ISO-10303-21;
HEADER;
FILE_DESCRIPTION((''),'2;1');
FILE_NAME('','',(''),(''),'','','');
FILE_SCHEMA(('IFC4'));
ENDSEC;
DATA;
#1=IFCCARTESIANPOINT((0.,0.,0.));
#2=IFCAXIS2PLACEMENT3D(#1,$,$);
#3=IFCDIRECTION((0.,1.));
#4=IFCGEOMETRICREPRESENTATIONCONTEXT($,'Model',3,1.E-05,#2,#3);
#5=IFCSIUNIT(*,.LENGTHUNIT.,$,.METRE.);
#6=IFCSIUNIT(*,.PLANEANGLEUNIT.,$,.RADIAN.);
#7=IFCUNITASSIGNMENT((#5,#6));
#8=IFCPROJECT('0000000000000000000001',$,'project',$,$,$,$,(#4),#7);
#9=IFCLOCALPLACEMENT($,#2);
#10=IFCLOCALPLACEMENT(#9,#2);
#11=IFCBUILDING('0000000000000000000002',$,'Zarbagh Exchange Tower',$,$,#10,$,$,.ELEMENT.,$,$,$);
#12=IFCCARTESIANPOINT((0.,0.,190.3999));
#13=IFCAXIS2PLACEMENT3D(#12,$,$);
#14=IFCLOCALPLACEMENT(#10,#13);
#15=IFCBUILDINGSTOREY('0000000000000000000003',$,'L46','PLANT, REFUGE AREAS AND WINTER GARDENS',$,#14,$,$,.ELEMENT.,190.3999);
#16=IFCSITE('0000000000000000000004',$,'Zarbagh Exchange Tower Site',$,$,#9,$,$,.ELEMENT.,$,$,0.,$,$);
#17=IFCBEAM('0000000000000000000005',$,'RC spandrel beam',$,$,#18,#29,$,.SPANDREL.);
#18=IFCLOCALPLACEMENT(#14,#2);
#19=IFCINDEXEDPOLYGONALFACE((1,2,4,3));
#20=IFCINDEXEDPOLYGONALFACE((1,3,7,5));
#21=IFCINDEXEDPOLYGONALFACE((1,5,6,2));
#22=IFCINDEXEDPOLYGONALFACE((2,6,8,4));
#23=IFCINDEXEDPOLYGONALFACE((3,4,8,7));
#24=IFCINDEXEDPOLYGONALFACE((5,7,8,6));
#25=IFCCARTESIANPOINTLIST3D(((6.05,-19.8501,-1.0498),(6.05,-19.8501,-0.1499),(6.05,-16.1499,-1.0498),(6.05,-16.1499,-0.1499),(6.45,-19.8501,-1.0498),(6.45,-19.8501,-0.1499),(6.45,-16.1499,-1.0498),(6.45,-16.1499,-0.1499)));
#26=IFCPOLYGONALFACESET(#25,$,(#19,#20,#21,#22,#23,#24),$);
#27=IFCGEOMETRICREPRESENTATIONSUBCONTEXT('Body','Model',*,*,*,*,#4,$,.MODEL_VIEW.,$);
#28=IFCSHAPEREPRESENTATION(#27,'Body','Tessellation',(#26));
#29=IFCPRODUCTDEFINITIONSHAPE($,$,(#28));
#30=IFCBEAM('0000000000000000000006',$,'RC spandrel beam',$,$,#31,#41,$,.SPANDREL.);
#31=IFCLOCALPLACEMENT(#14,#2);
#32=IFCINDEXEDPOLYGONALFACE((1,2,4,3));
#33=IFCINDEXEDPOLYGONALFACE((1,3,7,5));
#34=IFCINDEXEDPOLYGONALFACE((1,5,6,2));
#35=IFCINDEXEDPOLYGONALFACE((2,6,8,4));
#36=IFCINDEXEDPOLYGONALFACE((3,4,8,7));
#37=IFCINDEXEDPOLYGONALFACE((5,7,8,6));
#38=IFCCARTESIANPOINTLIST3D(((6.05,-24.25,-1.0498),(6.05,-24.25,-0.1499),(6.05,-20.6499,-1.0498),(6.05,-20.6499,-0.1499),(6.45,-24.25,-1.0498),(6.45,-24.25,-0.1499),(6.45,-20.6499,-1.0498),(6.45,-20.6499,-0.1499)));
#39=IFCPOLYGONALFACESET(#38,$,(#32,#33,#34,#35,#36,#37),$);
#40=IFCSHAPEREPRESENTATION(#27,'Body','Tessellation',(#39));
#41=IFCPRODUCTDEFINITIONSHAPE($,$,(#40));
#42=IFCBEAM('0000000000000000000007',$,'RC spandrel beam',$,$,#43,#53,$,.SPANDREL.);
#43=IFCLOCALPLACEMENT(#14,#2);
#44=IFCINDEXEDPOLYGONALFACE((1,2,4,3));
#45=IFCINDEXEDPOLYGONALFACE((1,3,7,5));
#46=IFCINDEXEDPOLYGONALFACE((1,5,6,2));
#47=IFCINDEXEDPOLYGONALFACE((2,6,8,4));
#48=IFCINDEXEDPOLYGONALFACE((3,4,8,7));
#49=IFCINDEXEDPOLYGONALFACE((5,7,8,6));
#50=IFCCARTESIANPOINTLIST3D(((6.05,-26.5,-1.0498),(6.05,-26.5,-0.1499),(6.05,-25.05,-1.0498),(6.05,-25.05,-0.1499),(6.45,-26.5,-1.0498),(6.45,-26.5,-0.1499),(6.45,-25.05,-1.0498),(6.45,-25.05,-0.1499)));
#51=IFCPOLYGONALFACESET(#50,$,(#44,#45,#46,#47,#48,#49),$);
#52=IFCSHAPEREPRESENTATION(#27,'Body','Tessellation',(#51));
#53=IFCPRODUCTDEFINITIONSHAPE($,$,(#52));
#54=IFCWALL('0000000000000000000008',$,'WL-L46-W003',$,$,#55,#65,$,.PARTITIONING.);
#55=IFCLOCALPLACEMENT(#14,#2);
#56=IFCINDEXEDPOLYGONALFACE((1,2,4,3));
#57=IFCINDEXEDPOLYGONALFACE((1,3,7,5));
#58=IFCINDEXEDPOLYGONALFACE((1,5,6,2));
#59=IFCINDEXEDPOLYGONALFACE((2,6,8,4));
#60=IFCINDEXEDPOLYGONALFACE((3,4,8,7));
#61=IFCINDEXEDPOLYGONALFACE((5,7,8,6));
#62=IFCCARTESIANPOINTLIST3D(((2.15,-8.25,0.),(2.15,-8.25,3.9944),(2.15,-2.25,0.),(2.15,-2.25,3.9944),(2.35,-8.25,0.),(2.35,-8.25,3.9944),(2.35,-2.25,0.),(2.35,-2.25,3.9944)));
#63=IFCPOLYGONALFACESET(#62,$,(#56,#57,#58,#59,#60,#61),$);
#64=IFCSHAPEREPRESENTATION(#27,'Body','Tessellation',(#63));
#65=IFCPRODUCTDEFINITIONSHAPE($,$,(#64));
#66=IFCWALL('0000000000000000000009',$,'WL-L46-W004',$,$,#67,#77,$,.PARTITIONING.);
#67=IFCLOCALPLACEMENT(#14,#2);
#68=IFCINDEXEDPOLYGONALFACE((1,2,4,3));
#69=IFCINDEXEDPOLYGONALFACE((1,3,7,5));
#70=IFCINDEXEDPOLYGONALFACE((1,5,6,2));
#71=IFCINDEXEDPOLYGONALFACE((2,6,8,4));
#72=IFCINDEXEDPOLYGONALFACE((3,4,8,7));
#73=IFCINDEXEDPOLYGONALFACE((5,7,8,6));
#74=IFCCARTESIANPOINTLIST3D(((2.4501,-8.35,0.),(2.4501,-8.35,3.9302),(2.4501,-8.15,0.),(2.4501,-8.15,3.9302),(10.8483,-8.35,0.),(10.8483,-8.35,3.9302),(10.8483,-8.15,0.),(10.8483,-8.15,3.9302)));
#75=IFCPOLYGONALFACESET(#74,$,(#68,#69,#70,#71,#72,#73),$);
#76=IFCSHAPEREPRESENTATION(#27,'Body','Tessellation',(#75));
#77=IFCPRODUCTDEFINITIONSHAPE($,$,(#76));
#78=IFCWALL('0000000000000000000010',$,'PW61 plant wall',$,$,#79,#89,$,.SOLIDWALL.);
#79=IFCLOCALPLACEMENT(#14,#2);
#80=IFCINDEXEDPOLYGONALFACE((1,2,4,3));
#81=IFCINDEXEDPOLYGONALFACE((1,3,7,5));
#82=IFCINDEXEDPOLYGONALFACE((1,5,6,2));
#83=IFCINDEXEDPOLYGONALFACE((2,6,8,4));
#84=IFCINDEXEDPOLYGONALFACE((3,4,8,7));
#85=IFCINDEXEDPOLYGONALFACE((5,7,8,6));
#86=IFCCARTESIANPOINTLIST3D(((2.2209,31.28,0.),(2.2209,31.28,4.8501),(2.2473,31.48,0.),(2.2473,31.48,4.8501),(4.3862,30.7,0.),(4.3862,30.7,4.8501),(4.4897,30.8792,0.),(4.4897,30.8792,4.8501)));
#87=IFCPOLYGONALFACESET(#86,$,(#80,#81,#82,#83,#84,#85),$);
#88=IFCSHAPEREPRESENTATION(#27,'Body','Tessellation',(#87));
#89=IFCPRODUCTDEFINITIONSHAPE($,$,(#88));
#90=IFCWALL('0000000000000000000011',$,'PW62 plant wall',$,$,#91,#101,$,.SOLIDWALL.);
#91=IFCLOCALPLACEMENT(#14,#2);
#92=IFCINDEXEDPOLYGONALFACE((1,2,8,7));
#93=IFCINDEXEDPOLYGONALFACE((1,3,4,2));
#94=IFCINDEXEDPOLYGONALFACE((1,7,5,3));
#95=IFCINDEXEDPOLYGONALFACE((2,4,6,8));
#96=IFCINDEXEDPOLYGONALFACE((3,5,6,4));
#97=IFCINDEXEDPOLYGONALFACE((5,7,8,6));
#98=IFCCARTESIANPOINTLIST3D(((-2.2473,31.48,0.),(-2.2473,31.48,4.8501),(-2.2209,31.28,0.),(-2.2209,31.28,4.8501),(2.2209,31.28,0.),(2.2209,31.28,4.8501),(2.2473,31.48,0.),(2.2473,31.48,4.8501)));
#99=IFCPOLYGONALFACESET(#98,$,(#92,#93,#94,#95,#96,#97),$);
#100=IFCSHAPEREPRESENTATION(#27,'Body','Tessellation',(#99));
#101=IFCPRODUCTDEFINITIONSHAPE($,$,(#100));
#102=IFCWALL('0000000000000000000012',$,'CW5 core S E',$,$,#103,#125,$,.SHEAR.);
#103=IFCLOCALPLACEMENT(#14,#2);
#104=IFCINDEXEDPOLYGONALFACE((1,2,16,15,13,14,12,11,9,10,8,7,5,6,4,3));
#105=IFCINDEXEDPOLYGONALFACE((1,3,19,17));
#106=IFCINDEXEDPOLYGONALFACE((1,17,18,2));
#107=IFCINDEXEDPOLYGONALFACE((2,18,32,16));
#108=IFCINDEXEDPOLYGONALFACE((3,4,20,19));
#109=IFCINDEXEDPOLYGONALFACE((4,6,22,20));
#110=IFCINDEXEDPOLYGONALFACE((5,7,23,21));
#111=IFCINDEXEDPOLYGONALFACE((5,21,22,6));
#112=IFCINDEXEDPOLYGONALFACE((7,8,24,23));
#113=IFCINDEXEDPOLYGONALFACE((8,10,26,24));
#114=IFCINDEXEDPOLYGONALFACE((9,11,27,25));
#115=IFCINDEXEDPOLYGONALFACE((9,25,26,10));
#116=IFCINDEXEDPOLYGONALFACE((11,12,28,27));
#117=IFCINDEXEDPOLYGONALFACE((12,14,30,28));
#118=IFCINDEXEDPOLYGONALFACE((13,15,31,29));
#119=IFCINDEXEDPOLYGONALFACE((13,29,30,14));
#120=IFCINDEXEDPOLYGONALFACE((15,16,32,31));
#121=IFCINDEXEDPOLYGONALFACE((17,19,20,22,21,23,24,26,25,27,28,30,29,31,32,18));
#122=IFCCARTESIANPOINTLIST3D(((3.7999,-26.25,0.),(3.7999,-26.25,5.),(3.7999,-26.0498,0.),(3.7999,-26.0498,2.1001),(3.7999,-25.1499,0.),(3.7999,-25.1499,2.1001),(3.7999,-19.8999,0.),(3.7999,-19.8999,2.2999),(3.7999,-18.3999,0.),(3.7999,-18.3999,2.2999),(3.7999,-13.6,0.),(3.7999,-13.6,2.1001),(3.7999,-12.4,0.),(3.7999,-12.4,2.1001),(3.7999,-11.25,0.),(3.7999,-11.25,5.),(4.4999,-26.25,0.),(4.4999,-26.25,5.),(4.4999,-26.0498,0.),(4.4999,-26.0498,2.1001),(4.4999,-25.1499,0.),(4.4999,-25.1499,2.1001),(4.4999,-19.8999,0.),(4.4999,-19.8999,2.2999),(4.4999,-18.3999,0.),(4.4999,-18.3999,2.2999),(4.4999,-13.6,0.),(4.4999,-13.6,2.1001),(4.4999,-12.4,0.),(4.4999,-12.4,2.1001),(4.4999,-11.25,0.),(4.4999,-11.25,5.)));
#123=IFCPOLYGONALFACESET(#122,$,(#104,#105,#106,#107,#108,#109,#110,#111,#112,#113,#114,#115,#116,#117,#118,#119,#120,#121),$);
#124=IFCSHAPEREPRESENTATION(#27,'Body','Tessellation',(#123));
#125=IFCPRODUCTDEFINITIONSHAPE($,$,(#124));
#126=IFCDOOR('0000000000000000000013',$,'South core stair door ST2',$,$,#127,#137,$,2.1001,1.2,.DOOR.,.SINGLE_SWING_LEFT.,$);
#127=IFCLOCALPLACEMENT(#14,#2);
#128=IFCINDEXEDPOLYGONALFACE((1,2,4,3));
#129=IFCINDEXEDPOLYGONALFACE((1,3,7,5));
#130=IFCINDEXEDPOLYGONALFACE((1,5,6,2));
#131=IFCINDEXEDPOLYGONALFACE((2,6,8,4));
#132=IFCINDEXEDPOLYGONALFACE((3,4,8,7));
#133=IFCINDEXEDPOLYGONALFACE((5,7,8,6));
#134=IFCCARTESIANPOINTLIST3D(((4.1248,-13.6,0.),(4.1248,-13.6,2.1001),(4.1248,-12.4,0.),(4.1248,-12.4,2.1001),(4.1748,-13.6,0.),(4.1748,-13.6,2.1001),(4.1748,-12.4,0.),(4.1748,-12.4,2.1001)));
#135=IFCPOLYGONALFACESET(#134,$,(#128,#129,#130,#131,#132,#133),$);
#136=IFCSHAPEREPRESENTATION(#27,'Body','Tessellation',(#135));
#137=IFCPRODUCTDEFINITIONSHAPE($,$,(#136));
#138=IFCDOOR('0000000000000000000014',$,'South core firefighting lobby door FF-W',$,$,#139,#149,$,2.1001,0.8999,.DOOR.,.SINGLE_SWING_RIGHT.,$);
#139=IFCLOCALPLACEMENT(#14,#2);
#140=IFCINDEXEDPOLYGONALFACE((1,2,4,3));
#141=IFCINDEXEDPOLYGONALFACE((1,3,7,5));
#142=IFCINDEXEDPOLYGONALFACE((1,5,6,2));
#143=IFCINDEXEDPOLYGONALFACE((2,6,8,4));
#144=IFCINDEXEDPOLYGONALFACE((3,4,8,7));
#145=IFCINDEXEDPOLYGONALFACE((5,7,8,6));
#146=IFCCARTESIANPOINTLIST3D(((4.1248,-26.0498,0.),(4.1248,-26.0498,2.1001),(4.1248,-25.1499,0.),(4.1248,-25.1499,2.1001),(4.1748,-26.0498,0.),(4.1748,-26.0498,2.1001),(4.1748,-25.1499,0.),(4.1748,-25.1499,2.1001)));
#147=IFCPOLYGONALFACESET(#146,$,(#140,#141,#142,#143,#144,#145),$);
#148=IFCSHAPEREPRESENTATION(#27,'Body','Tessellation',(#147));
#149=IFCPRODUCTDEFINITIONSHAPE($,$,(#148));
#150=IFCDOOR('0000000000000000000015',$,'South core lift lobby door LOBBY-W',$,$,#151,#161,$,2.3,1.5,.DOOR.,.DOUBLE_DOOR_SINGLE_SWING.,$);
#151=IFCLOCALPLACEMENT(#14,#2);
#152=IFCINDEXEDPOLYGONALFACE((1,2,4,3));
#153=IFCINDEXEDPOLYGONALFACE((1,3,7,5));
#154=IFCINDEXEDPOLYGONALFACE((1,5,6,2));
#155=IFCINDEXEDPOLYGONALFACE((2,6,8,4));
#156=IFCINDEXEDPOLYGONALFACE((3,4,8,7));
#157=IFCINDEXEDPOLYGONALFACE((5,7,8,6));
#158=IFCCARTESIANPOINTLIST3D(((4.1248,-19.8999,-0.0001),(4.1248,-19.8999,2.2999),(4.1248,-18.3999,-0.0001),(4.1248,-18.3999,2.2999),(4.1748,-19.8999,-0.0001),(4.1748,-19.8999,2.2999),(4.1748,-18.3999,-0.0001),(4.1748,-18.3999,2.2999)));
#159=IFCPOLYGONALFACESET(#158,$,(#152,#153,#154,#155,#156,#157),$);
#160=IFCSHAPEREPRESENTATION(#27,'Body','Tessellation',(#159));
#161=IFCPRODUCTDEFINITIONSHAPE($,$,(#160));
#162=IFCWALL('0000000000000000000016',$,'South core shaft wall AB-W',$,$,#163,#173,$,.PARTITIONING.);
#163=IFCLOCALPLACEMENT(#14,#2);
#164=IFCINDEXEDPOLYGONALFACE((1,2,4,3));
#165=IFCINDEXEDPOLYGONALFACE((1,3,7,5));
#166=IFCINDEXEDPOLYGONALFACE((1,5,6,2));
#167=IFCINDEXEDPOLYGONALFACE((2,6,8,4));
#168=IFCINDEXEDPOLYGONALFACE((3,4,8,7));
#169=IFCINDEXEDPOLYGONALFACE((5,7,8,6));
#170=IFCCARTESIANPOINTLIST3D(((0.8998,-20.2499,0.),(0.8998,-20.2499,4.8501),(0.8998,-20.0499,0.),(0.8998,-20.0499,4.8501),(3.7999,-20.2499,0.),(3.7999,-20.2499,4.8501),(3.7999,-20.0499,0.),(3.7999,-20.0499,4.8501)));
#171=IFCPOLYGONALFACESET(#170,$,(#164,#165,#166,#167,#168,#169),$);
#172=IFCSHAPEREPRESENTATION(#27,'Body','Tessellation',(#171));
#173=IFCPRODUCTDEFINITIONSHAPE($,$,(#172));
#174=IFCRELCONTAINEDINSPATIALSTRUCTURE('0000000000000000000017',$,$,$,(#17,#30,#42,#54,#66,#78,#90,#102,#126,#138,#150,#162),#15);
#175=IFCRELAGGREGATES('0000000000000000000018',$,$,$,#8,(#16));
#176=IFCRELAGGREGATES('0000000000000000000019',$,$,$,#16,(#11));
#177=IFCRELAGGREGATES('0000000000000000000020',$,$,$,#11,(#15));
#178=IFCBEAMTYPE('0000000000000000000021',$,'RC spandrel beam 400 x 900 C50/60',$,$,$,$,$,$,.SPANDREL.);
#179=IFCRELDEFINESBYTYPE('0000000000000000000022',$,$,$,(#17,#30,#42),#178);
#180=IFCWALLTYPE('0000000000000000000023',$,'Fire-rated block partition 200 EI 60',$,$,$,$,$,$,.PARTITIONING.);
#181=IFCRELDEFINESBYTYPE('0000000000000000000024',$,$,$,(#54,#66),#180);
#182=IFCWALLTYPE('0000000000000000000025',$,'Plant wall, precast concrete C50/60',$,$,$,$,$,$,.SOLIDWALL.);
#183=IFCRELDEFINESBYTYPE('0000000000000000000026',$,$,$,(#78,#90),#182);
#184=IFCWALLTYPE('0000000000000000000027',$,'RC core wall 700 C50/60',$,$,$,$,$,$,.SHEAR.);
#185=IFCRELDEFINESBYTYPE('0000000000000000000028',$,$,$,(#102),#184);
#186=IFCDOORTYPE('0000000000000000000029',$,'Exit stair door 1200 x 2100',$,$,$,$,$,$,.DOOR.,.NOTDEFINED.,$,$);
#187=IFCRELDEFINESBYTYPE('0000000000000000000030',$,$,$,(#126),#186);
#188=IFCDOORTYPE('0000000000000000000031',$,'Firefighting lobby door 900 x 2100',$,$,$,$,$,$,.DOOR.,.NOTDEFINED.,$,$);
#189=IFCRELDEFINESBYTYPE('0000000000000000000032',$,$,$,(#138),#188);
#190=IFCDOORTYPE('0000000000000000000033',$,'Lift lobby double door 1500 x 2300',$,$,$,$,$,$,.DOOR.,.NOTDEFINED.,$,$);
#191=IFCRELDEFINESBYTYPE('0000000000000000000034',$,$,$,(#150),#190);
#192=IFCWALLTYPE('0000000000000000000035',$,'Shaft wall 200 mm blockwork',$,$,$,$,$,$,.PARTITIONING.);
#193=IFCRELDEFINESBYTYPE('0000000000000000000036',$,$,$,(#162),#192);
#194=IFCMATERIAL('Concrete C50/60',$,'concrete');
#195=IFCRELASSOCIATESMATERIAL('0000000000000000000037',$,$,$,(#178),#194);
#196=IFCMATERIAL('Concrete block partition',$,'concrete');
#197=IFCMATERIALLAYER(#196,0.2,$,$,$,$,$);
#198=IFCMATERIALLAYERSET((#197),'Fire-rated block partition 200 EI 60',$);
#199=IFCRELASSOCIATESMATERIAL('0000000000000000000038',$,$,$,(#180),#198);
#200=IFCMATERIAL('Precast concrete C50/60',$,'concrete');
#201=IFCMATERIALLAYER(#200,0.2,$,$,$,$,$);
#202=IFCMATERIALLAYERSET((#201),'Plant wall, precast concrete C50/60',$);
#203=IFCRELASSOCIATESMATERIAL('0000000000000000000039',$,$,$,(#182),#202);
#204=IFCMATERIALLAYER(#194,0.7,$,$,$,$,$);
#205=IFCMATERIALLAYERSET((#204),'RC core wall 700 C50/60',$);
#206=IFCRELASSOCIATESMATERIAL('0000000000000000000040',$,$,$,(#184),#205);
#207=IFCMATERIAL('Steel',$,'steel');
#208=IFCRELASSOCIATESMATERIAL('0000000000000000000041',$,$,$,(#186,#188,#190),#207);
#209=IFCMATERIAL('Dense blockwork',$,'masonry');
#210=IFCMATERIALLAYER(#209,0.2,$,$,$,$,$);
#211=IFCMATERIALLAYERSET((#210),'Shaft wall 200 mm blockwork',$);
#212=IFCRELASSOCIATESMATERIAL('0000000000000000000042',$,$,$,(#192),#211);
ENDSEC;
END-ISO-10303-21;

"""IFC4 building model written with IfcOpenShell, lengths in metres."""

from ifc_helpers import new_model, si_unit, direction, frame, frame_2d, origin, origin_2d, place, context, subcontext, project, spatial, polyline, rectangle, outline, extrude, material, layer, layer_set, material_profile, profile_set, type_object, element, fill, save


model = new_model("IFC4")

# Units and contexts
model_context = context("Model", 3, precision=1e-05, world=origin(), true_north=direction((0.0, 1.0)))
body_context = subcontext(model_context, "Body", "Model", "MODEL_VIEW")
ifc_project = project(units=[si_unit("LENGTHUNIT", "METRE"), si_unit("PLANEANGLEUNIT", "RADIAN")], contexts=[model_context])

# Site, building, storey
site_placement = place(None, origin())
site = spatial("IfcSite", under=ifc_project, at=site_placement, Name="Zarbagh Exchange Tower Site", CompositionType="ELEMENT", RefElevation=0.0)
building_placement = place(site_placement, origin())
building = spatial("IfcBuilding", under=site, at=building_placement, Name="Zarbagh Exchange Tower", CompositionType="ELEMENT")
storey_placement = place(building_placement, frame((0.0, 0.0, 190.3999)))
storey = spatial("IfcBuildingStorey", under=building, at=storey_placement, Name="L46", Description="PLANT, REFUGE AREAS AND WINTER GARDENS", CompositionType="ELEMENT", Elevation=190.3999)

# Shared definitions
ifc_material_1 = material(Name="Concrete C50/60", Category="concrete")

# Beams
ifc_material_profile_1 = material_profile(ifc_material_1, rectangle(XDim=0.3999, YDim=0.8999, at=origin_2d()), Name="RC spandrel beam 400 x 900 C50/60")
ifc_profile_set_1 = profile_set([ifc_material_profile_1], Name="Concrete C50/60")
beam_type_1 = type_object("IfcBeamType", Name="RC spandrel beam 400 x 900 C50/60", PredefinedType="SPANDREL", material=ifc_profile_set_1)
beam_1_placement = place(storey_placement, frame((6.25, -16.1499, -0.5999), z_axis=(0.0, -1.0, 0.0), x_axis=(1.0, 0.0, 0.0)))
element("IfcBeam", 1, at=beam_1_placement, inside=storey, type_object=beam_type_1, Name="RC spandrel beam", PredefinedType="SPANDREL", context=body_context, shape_type="SweptSolid", body=[
    extrude(rectangle(XDim=0.3999, YDim=0.8999, at=origin_2d()), origin(), (0.0, 0.0, 1.0), 3.7002),
])
beam_2_placement = place(storey_placement, frame((6.25, -20.6499, -0.5999), z_axis=(0.0, -1.0, 0.0), x_axis=(1.0, 0.0, 0.0)))
element("IfcBeam", 2, at=beam_2_placement, inside=storey, type_object=beam_type_1, Name="RC spandrel beam", PredefinedType="SPANDREL", context=body_context, shape_type="SweptSolid", body=[
    extrude(rectangle(XDim=0.3999, YDim=0.8999, at=origin_2d()), origin(), (0.0, 0.0, 1.0), 3.6001),
])
beam_3_placement = place(storey_placement, frame((6.25, -25.05, -0.5999), z_axis=(0.0, -1.0, 0.0), x_axis=(1.0, 0.0, 0.0)))
element("IfcBeam", 3, at=beam_3_placement, inside=storey, type_object=beam_type_1, Name="RC spandrel beam", PredefinedType="SPANDREL", context=body_context, shape_type="SweptSolid", body=[
    extrude(rectangle(XDim=0.3999, YDim=0.8999, at=origin_2d()), origin(), (0.0, 0.0, 1.0), 1.45),
])

# Walls
ifc_material_2 = material(Name="Concrete block partition", Category="concrete")
ifc_layer_1 = layer(ifc_material_2, 0.2)
ifc_layer_set_1 = layer_set([ifc_layer_1], Name="Fire-rated block partition 200 EI 60")
wall_type_1 = type_object("IfcWallType", Name="Fire-rated block partition 200 EI 60", PredefinedType="PARTITIONING", material=ifc_layer_set_1)
wall_1_placement = place(storey_placement, frame((2.25, -2.25, 0.0), z_axis=(0.0, 0.0, 1.0), x_axis=(0.0, -1.0, 0.0)))
element("IfcWall", 4, at=wall_1_placement, inside=storey, type_object=wall_type_1, Name="WL-L46-W003", PredefinedType="PARTITIONING", context=body_context, shape_type="SweptSolid", body=[
    extrude(rectangle(XDim=6.0, YDim=0.2, at=frame_2d((3.0, 0.0))), origin(), (0.0, 0.0, 1.0), 3.9944),
])
wall_2_placement = place(storey_placement, frame((2.45, -8.25, 0.0), z_axis=(0.0, 0.0, 1.0), x_axis=(1.0, 0.0, 0.0)))
element("IfcWall", 5, at=wall_2_placement, inside=storey, type_object=wall_type_1, Name="WL-L46-W004", PredefinedType="PARTITIONING", context=body_context, shape_type="SweptSolid", body=[
    extrude(rectangle(XDim=8.3982, YDim=0.2, at=frame_2d((4.1992, 0.0))), origin(), (0.0, 0.0, 1.0), 3.9302),
])
ifc_material_3 = material(Name="Precast concrete C50/60", Category="concrete")
ifc_layer_2 = layer(ifc_material_3, 0.2)
ifc_layer_set_2 = layer_set([ifc_layer_2], Name="Plant wall, precast concrete C50/60")
wall_type_2 = type_object("IfcWallType", Name="Plant wall, precast concrete C50/60", PredefinedType="SOLIDWALL", material=ifc_layer_set_2)
wall_3_placement = place(storey_placement, origin())
element("IfcWall", 6, at=wall_3_placement, inside=storey, type_object=wall_type_2, Name="PW61 plant wall", PredefinedType="SOLIDWALL", context=body_context, shape_type="SweptSolid", body=[
    extrude(outline(polyline([(4.4897, 30.8792), (2.2473, 31.48), (2.2209, 31.28), (4.3862, 30.7), (4.4897, 30.8792)])), origin(), (0.0, 0.0, 1.0), 4.8501),
])
wall_4_placement = place(storey_placement, origin())
element("IfcWall", 7, at=wall_4_placement, inside=storey, type_object=wall_type_2, Name="PW62 plant wall", PredefinedType="SOLIDWALL", context=body_context, shape_type="SweptSolid", body=[
    extrude(outline(polyline([(2.2473, 31.48), (-2.2473, 31.48), (-2.2209, 31.28), (2.2209, 31.28), (2.2473, 31.48)])), origin(), (0.0, 0.0, 1.0), 4.8501),
])

# Wall, openings, doors
ifc_layer_3 = layer(ifc_material_1, 0.7)
ifc_layer_set_3 = layer_set([ifc_layer_3], Name="RC core wall 700 C50/60")
wall_type_3 = type_object("IfcWallType", Name="RC core wall 700 C50/60", PredefinedType="SHEAR", material=ifc_layer_set_3)
wall_5_placement = place(storey_placement, frame((4.1499, -11.25, 0.0), z_axis=(0.0, 0.0, 1.0), x_axis=(0.0, -1.0, 0.0)))
wall_5 = element("IfcWall", 8, at=wall_5_placement, inside=storey, type_object=wall_type_3, Name="CW5 core S E", PredefinedType="SHEAR", context=body_context, shape_type="SweptSolid", body=[
    extrude(rectangle(XDim=15.0, YDim=0.7, at=frame_2d((7.5, 0.0))), origin(), (0.0, 0.0, 1.0), 5.0),
])
opening_1_placement = place(wall_5_placement, frame((7.1499, 0.0, 0.0)))
opening_1 = element("IfcOpeningElement", 9, at=opening_1_placement, cuts=wall_5, PredefinedType="OPENING", context=body_context, shape_type="SweptSolid", body=[
    extrude(rectangle(XDim=1.5, YDim=2.3, at=frame_2d((0.75, 1.1499))), frame((0.0, 0.3599, 0.0), z_axis=(0.0, -1.0, 0.0), x_axis=(1.0, 0.0, 0.0)), (0.0, 0.0, 1.0), 0.72),
])
opening_2_placement = place(wall_5_placement, frame((13.8999, 0.0, 0.0)))
opening_2 = element("IfcOpeningElement", 10, at=opening_2_placement, cuts=wall_5, PredefinedType="OPENING", context=body_context, shape_type="SweptSolid", body=[
    extrude(rectangle(XDim=0.8999, YDim=2.1001, at=frame_2d((0.45, 1.05))), frame((0.0, 0.3599, 0.0), z_axis=(0.0, -1.0, 0.0), x_axis=(1.0, 0.0, 0.0)), (0.0, 0.0, 1.0), 0.72),
])
opening_3_placement = place(wall_5_placement, frame((1.1499, 0.0, 0.0)))
opening_3 = element("IfcOpeningElement", 11, at=opening_3_placement, cuts=wall_5, PredefinedType="OPENING", context=body_context, shape_type="SweptSolid", body=[
    extrude(rectangle(XDim=1.2, YDim=2.1001, at=frame_2d((0.6001, 1.05))), frame((0.0, 0.3599, 0.0), z_axis=(0.0, -1.0, 0.0), x_axis=(1.0, 0.0, 0.0)), (0.0, 0.0, 1.0), 0.72),
])
ifc_material_4 = material(Name="Steel", Category="steel")
door_type_1 = type_object("IfcDoorType", Name="Exit stair door 1200 x 2100", OperationType="NOTDEFINED", PredefinedType="DOOR", material=ifc_material_4)
door_1_placement = place(opening_3_placement, origin())
door_1 = element("IfcDoor", 12, at=door_1_placement, inside=storey, type_object=door_type_1, Name="South core stair door ST2", OperationType="SINGLE_SWING_LEFT", OverallHeight=2.1001, OverallWidth=1.2, PredefinedType="DOOR", context=body_context, shape_type="SweptSolid", body=[
    extrude(rectangle(XDim=1.2, YDim=2.1001, at=frame_2d((0.6001, 1.05))), frame((0.0, 0.0249, 0.0), z_axis=(0.0, -1.0, 0.0), x_axis=(1.0, 0.0, 0.0)), (0.0, 0.0, 1.0), 0.05),
])
fill(opening_3, door_1)
door_type_2 = type_object("IfcDoorType", Name="Firefighting lobby door 900 x 2100", OperationType="NOTDEFINED", PredefinedType="DOOR", material=ifc_material_4)
door_2_placement = place(opening_2_placement, origin())
door_2 = element("IfcDoor", 13, at=door_2_placement, inside=storey, type_object=door_type_2, Name="South core firefighting lobby door FF-W", OperationType="SINGLE_SWING_RIGHT", OverallHeight=2.1001, OverallWidth=0.8999, PredefinedType="DOOR", context=body_context, shape_type="SweptSolid", body=[
    extrude(rectangle(XDim=0.8999, YDim=2.1001, at=frame_2d((0.45, 1.05))), frame((0.0, 0.0249, 0.0), z_axis=(0.0, -1.0, 0.0), x_axis=(1.0, 0.0, 0.0)), (0.0, 0.0, 1.0), 0.05),
])
fill(opening_2, door_2)
door_type_3 = type_object("IfcDoorType", Name="Lift lobby double door 1500 x 2300", OperationType="NOTDEFINED", PredefinedType="DOOR", material=ifc_material_4)
door_3_placement = place(opening_1_placement, origin())
door_3 = element("IfcDoor", 14, at=door_3_placement, inside=storey, type_object=door_type_3, Name="South core lift lobby door LOBBY-W", OperationType="DOUBLE_DOOR_SINGLE_SWING", OverallHeight=2.3, OverallWidth=1.5, PredefinedType="DOOR", context=body_context, shape_type="SweptSolid", body=[
    extrude(rectangle(XDim=1.5, YDim=2.3, at=frame_2d((0.75, 1.1499))), frame((0.0, 0.0249, 0.0), z_axis=(0.0, -1.0, 0.0), x_axis=(1.0, 0.0, 0.0)), (0.0, 0.0, 1.0), 0.05),
])
fill(opening_1, door_3)

# Wall
ifc_material_5 = material(Name="Dense blockwork", Category="masonry")
ifc_layer_4 = layer(ifc_material_5, 0.2)
ifc_layer_set_4 = layer_set([ifc_layer_4], Name="Shaft wall 200 mm blockwork")
wall_type_4 = type_object("IfcWallType", Name="Shaft wall 200 mm blockwork", PredefinedType="PARTITIONING", material=ifc_layer_set_4)
wall_6_placement = place(storey_placement, frame((3.8, -20.1499, 0.0), z_axis=(0.0, 0.0, 1.0), x_axis=(-1.0, 0.0, 0.0)))
element("IfcWall", 15, at=wall_6_placement, inside=storey, type_object=wall_type_4, Name="South core shaft wall AB-W", PredefinedType="PARTITIONING", context=body_context, shape_type="SweptSolid", body=[
    extrude(rectangle(XDim=2.9001, YDim=0.2, at=frame_2d((1.4502, 0.0))), origin(), (0.0, 0.0, 1.0), 4.8501),
])

save(model, "model.ifc")
